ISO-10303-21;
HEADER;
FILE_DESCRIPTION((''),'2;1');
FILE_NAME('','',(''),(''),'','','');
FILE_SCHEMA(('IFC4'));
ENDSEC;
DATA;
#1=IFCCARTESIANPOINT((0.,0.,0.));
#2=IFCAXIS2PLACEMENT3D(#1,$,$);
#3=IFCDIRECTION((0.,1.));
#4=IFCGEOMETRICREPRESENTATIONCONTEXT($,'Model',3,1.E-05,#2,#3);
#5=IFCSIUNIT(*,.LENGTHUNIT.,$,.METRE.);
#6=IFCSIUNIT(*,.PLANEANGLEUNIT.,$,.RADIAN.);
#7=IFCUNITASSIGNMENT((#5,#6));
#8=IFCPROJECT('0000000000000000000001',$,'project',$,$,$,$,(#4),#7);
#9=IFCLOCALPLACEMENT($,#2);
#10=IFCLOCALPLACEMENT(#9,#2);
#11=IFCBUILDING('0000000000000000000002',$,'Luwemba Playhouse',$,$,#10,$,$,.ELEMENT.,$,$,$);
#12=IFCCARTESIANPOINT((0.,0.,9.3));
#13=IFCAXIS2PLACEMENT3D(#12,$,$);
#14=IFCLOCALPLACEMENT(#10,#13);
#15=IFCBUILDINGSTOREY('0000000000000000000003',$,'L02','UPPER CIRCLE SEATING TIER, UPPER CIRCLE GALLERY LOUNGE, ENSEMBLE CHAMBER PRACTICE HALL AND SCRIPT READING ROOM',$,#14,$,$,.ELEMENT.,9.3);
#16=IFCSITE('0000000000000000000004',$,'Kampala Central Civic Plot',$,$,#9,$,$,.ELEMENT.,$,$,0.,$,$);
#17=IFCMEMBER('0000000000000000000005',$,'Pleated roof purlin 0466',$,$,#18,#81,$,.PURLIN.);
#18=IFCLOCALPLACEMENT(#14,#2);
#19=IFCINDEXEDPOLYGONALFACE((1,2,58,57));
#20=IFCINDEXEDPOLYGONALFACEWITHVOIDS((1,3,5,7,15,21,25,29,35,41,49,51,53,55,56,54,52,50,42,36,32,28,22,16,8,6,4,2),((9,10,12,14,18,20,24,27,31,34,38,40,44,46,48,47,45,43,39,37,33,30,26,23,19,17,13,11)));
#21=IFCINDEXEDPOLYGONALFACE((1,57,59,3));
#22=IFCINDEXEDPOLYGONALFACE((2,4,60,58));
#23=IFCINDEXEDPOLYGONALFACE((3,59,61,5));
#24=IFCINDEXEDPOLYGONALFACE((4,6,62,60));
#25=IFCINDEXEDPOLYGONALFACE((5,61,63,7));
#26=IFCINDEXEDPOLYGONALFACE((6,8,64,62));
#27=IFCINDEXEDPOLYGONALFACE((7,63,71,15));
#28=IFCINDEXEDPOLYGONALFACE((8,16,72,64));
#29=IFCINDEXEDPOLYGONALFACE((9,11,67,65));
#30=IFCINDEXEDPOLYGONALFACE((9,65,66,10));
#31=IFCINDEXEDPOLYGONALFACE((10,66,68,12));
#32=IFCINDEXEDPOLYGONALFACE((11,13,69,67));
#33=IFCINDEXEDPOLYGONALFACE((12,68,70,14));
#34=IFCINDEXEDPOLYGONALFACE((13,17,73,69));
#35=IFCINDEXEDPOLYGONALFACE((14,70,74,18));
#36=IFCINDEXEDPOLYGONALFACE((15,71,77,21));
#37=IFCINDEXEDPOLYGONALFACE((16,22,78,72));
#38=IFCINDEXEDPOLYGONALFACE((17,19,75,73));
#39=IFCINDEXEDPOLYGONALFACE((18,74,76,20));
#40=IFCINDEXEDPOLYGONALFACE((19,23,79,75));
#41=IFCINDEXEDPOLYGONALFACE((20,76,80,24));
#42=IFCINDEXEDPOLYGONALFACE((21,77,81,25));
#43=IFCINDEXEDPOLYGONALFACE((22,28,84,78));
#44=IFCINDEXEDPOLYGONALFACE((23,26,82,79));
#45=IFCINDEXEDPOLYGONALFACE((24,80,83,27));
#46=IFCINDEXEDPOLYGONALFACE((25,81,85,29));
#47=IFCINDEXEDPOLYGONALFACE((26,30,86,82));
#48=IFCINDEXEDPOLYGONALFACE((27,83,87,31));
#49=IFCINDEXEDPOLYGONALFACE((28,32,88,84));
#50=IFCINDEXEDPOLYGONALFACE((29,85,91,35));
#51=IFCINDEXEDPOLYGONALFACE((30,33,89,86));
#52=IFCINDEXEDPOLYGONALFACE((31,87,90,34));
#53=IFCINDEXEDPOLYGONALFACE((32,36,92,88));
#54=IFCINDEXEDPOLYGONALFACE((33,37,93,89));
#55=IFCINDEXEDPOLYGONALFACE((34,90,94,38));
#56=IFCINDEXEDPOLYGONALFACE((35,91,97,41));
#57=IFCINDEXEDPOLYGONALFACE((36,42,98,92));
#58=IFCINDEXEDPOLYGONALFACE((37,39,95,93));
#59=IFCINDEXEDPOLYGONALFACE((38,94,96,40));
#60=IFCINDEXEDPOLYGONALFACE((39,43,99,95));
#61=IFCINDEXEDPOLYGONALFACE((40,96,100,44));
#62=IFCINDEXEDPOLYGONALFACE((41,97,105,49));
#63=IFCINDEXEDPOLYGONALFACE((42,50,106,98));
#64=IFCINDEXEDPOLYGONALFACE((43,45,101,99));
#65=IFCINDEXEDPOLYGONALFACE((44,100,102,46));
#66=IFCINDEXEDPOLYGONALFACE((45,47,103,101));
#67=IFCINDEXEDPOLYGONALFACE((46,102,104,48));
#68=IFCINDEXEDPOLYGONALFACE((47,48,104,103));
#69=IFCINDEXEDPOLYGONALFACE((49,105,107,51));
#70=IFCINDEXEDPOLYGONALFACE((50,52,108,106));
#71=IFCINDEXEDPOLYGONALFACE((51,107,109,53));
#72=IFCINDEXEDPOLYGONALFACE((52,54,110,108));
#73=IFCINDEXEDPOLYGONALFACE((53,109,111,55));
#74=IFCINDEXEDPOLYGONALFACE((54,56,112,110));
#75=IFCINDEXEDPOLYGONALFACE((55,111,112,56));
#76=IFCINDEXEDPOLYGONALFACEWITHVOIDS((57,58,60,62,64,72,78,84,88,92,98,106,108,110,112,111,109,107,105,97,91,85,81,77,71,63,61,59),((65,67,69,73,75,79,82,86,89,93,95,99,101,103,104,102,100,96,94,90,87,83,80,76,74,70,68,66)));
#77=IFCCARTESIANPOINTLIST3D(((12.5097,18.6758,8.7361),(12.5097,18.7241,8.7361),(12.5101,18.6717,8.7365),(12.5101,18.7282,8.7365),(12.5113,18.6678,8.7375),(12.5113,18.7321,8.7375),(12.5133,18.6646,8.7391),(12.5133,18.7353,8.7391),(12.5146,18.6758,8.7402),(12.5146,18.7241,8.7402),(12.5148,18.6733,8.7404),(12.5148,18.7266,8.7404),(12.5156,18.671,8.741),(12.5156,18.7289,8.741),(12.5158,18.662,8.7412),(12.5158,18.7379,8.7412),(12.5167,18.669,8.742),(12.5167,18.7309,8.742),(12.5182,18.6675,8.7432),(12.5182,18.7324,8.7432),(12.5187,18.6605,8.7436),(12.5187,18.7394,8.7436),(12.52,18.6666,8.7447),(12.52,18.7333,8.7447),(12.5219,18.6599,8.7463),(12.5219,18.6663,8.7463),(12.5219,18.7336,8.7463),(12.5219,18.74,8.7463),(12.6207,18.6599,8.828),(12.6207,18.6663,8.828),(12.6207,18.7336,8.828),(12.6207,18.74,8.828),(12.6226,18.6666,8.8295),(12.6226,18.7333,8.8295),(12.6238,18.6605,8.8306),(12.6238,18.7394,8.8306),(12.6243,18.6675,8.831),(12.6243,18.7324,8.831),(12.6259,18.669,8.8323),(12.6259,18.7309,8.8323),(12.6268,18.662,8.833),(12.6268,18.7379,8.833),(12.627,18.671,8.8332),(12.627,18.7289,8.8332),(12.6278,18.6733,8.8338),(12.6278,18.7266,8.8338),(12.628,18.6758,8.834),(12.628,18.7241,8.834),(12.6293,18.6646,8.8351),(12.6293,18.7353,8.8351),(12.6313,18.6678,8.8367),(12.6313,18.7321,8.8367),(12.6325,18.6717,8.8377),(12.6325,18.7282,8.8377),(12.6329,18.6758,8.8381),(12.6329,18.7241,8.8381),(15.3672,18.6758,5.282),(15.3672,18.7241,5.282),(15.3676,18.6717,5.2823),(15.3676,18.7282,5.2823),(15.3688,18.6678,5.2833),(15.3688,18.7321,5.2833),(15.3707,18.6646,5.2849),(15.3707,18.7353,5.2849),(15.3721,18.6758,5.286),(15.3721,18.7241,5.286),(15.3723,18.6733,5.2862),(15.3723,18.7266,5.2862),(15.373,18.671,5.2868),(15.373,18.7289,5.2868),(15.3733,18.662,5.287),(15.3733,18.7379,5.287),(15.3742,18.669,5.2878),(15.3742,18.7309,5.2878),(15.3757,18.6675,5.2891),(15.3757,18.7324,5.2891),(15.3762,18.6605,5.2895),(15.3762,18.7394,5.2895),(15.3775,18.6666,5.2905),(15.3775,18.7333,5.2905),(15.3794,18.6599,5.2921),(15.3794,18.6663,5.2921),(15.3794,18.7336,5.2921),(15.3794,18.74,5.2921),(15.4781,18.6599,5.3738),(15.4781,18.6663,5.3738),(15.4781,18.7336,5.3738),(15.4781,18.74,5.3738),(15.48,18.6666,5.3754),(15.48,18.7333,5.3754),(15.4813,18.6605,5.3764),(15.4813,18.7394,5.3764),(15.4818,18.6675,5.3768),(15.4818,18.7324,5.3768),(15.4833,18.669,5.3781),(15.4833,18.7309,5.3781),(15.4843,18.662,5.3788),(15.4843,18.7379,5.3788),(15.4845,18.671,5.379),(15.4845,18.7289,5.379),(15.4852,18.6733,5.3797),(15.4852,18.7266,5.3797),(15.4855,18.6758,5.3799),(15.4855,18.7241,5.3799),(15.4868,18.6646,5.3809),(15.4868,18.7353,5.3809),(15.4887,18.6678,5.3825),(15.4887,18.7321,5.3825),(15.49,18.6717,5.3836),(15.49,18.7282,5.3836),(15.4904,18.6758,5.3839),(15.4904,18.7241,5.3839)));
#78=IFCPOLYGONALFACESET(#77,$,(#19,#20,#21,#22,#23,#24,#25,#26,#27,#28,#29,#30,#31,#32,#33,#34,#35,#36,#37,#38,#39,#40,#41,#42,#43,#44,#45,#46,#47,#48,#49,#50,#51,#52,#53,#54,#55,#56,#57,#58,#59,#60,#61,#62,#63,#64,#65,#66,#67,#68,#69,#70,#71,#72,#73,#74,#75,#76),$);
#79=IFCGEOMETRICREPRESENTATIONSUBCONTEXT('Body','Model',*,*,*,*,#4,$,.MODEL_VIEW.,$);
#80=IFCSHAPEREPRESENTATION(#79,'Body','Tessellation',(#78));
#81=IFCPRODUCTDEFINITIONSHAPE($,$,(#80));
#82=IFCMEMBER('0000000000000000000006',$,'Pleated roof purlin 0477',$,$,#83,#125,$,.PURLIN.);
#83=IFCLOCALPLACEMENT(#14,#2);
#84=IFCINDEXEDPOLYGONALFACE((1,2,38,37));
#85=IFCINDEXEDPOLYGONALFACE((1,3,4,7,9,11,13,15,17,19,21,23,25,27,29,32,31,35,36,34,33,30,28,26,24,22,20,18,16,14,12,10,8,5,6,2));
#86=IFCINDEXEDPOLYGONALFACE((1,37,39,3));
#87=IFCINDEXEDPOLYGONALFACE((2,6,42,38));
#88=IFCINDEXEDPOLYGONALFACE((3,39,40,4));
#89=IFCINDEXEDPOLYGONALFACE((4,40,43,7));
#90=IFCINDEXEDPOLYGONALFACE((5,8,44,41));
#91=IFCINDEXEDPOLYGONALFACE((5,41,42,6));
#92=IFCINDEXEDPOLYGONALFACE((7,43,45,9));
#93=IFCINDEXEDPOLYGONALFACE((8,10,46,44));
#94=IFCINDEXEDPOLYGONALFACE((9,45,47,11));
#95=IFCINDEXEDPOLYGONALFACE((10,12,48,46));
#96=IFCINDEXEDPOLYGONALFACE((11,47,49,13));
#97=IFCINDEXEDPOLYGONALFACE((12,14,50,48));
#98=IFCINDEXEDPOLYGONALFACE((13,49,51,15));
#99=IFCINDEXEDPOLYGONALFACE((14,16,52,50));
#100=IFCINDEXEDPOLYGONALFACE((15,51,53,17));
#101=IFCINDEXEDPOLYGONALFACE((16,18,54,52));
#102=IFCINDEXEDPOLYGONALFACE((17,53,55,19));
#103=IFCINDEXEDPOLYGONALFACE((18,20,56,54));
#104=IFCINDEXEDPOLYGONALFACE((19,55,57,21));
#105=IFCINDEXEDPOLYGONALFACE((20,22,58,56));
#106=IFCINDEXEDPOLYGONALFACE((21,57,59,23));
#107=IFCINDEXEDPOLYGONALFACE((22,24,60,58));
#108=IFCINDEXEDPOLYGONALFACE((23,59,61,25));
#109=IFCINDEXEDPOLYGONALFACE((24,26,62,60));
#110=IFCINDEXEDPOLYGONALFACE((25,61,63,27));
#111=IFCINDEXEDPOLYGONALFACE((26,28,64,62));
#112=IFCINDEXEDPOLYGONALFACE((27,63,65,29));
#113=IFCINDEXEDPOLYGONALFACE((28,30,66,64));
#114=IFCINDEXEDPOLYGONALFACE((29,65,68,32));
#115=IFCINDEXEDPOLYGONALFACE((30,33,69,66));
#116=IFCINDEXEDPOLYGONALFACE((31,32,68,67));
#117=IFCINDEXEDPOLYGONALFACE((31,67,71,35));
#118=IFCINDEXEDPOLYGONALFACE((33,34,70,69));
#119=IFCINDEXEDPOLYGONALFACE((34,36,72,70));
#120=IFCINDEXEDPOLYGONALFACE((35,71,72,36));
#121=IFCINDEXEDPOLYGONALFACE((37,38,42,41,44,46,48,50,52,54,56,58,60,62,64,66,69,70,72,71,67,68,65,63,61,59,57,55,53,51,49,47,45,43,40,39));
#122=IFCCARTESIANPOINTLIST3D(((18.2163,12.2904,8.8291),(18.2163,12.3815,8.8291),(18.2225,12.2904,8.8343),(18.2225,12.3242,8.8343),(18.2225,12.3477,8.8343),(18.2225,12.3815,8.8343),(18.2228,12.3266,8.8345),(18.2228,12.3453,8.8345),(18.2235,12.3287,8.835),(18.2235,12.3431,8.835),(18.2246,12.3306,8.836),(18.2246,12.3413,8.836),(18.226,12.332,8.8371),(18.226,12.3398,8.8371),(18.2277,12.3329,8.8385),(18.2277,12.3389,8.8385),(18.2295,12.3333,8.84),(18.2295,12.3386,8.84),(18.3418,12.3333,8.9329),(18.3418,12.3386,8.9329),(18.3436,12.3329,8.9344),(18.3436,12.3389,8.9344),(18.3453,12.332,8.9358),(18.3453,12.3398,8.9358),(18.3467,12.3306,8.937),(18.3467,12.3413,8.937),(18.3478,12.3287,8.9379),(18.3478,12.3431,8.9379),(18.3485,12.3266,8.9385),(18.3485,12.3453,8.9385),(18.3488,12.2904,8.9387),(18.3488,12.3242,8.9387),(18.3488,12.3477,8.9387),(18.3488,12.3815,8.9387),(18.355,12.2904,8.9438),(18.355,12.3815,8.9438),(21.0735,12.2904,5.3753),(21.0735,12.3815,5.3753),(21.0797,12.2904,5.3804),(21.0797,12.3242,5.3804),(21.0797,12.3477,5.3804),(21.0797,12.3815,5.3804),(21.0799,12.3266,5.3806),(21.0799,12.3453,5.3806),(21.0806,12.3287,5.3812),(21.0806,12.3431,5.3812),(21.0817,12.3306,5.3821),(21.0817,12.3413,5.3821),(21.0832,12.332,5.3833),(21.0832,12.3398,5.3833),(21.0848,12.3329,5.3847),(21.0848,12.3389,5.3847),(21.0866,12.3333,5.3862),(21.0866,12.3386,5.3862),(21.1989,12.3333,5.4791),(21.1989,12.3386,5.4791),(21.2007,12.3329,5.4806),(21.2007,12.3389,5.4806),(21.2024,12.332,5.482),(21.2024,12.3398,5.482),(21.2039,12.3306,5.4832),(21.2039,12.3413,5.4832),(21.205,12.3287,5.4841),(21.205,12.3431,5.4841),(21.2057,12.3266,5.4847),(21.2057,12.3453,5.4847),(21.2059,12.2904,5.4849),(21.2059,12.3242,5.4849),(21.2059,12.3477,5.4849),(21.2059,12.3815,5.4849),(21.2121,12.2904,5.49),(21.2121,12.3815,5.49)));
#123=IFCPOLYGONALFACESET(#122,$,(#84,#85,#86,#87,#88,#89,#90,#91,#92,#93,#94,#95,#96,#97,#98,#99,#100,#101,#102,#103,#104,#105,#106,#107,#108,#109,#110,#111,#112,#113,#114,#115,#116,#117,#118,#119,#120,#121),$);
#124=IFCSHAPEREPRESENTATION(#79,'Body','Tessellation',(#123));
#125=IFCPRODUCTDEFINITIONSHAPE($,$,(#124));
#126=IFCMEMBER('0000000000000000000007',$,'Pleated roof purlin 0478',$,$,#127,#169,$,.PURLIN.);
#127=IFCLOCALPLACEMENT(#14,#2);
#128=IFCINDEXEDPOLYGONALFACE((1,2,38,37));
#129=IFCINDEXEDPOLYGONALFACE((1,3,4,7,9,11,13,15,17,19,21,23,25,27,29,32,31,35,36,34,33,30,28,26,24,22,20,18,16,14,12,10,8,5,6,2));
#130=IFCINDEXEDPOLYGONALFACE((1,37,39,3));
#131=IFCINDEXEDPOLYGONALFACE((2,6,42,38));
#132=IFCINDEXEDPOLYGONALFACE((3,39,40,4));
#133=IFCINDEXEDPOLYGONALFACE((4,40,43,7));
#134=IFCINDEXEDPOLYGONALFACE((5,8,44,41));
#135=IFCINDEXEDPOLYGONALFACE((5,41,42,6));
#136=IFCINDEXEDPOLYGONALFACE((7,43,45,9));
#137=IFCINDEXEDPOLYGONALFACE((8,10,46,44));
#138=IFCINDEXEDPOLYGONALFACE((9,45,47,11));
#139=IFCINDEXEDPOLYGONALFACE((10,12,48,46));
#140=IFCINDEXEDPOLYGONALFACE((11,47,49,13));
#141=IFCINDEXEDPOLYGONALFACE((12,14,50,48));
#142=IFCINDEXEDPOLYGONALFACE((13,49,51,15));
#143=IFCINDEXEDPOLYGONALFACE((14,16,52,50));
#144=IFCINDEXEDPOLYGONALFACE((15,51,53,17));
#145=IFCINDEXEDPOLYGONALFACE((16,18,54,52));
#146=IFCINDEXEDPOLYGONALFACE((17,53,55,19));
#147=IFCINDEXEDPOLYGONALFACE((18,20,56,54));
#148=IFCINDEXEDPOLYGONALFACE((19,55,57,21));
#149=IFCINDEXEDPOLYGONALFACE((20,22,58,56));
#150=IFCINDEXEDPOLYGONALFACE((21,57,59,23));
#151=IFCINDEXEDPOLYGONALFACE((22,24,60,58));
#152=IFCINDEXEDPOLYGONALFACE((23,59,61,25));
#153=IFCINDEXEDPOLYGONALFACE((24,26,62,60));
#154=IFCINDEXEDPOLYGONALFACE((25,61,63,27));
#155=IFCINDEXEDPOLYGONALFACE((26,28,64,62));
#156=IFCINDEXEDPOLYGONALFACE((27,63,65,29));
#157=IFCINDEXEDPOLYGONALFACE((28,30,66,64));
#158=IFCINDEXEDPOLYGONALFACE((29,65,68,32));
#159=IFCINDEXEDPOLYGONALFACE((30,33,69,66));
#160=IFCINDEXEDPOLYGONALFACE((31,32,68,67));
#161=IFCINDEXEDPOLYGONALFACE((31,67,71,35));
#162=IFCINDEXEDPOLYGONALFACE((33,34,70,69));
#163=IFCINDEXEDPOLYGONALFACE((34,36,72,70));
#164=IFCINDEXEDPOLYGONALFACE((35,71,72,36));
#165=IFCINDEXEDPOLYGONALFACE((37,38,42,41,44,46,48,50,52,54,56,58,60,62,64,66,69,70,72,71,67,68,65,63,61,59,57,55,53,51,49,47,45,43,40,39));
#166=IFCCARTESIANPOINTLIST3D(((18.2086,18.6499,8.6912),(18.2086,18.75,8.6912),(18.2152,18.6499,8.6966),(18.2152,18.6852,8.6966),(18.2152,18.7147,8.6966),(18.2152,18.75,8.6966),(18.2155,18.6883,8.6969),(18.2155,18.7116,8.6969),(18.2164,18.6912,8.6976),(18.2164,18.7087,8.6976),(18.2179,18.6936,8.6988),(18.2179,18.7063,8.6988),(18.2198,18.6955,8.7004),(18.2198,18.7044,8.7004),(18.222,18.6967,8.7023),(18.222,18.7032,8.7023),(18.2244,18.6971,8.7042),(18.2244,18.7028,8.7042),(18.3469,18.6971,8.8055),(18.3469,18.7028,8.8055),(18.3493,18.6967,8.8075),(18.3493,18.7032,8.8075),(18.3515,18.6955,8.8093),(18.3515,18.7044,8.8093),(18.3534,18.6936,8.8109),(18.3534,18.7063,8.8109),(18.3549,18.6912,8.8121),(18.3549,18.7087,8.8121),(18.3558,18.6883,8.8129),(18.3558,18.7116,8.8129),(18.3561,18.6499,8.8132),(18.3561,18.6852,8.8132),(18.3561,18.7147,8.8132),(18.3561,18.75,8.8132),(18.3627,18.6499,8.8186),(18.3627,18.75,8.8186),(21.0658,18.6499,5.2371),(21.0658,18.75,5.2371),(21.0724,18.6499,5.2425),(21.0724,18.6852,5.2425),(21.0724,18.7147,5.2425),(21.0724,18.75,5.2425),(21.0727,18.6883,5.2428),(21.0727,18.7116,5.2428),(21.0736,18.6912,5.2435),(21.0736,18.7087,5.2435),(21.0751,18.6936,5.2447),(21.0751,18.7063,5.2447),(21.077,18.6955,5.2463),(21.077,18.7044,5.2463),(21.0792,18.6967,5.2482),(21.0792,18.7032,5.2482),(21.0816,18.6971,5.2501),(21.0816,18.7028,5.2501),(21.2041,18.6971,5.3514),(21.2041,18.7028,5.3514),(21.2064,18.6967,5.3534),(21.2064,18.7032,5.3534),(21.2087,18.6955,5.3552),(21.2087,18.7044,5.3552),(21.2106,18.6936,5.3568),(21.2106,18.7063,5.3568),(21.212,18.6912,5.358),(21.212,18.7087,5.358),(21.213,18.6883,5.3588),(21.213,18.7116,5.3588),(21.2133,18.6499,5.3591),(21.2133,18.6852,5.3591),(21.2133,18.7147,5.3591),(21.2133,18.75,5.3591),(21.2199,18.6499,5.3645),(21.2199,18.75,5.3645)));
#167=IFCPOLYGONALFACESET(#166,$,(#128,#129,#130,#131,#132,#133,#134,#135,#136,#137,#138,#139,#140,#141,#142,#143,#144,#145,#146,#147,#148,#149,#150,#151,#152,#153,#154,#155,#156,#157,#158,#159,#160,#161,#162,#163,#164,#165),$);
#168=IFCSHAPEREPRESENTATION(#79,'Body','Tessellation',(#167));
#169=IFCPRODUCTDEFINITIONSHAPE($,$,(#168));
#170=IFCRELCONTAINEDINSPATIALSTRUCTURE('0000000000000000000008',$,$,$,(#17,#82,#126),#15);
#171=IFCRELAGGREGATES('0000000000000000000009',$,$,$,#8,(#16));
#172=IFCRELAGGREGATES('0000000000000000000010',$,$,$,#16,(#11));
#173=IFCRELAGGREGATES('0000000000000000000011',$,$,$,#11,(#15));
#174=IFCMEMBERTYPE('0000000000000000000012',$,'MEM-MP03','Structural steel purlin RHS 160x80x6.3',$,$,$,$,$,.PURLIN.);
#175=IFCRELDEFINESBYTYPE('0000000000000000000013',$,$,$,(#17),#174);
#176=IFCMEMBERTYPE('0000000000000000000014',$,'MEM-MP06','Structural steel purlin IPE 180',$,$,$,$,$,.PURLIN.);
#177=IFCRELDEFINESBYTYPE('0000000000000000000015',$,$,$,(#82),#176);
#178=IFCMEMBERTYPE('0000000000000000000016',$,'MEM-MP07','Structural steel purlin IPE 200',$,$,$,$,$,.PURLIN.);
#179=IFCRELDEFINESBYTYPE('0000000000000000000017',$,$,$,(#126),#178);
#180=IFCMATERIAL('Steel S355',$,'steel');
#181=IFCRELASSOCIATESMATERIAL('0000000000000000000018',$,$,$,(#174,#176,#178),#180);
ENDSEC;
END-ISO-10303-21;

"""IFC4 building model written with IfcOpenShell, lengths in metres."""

from ifc_helpers import new_model, si_unit, direction, frame, origin, origin_2d, place, context, subcontext, project, spatial, hollow_rectangle, i_section, extrude, material, material_profile, profile_set, type_object, element, save


model = new_model("IFC4")

# Units and contexts
model_context = context("Model", 3, precision=1e-05, world=origin(), true_north=direction((0.0, 1.0)))
body_context = subcontext(model_context, "Body", "Model", "MODEL_VIEW")
ifc_project = project(units=[si_unit("LENGTHUNIT", "METRE"), si_unit("PLANEANGLEUNIT", "RADIAN")], contexts=[model_context])

# Site, building, storey
site_placement = place(None, origin())
site = spatial("IfcSite", under=ifc_project, at=site_placement, Name="Kampala Central Civic Plot", CompositionType="ELEMENT", RefElevation=0.0)
building_placement = place(site_placement, origin())
building = spatial("IfcBuilding", under=site, at=building_placement, Name="Luwemba Playhouse", CompositionType="ELEMENT")
storey_placement = place(building_placement, frame((0.0, 0.0, 9.3)))
storey = spatial("IfcBuildingStorey", under=building, at=storey_placement, Name="L02", Description="UPPER CIRCLE SEATING TIER, UPPER CIRCLE GALLERY LOUNGE, ENSEMBLE CHAMBER PRACTICE HALL AND SCRIPT READING ROOM", CompositionType="ELEMENT", Elevation=9.3)

# Shared definitions
ifc_material_1 = material(Name="Steel S355", Category="steel")

# Members
ifc_material_profile_1 = material_profile(ifc_material_1, hollow_rectangle(XDim=0.0801, YDim=0.1599, WallThickness=0.0063, InnerFilletRadius=0.0095, OuterFilletRadius=0.0159, at=origin_2d()))
ifc_profile_set_1 = profile_set([ifc_material_profile_1], Name="Steel S355")
member_type_1 = type_object("IfcMemberType", Name="MEM-MP03", Description="Structural steel purlin RHS 160x80x6.3", PredefinedType="PURLIN", material=ifc_profile_set_1)
member_1_placement = place(storey_placement, frame((12.5713, 18.7, 8.7871), z_axis=(0.637416, 0.0, -0.77052), x_axis=(0.0, 1.0, 0.0)))
element("IfcMember", 1, at=member_1_placement, inside=storey, type_object=member_type_1, Name="Pleated roof purlin 0466", PredefinedType="PURLIN", context=body_context, shape_type="SweptSolid", body=[
    extrude(hollow_rectangle(XDim=0.0801, YDim=0.1599, WallThickness=0.0063, InnerFilletRadius=0.0095, OuterFilletRadius=0.0159, at=origin_2d()), origin(), (0.0, 0.0, 1.0), 4.4829),
])
ifc_material_profile_2 = material_profile(ifc_material_1, i_section(OverallWidth=0.0911, OverallDepth=0.1799, WebThickness=0.0054, FlangeThickness=0.0081, FilletRadius=0.009, at=origin_2d()))
ifc_profile_set_2 = profile_set([ifc_material_profile_2], Name="Steel S355")
member_type_2 = type_object("IfcMemberType", Name="MEM-MP06", Description="Structural steel purlin IPE 180", PredefinedType="PURLIN", material=ifc_profile_set_2)
member_2_placement = place(storey_placement, frame((18.2856, 12.3359, 8.8865), z_axis=(0.637411, 0.0, -0.770524), x_axis=(0.0, 1.0, 0.0)))
element("IfcMember", 2, at=member_2_placement, inside=storey, type_object=member_type_2, Name="Pleated roof purlin 0477", PredefinedType="PURLIN", context=body_context, shape_type="SweptSolid", body=[
    extrude(i_section(OverallWidth=0.0911, OverallDepth=0.1799, WebThickness=0.0054, FlangeThickness=0.0081, FilletRadius=0.009, at=origin_2d()), origin(), (0.0, 0.0, 1.0), 4.4824),
])
ifc_material_profile_3 = material_profile(ifc_material_1, i_section(OverallWidth=0.1001, OverallDepth=0.2, WebThickness=0.0056, FlangeThickness=0.0085, FilletRadius=0.012, at=origin_2d()))
ifc_profile_set_3 = profile_set([ifc_material_profile_3], Name="Steel S355")
member_type_3 = type_object("IfcMemberType", Name="MEM-MP07", Description="Structural steel purlin IPE 200", PredefinedType="PURLIN", material=ifc_profile_set_3)
member_3_placement = place(storey_placement, frame((18.2856, 18.7, 8.7549), z_axis=(0.637384, 0.0, -0.770547), x_axis=(0.0, 1.0, 0.0)))
element("IfcMember", 3, at=member_3_placement, inside=storey, type_object=member_type_3, Name="Pleated roof purlin 0478", PredefinedType="PURLIN", context=body_context, shape_type="SweptSolid", body=[
    extrude(i_section(OverallWidth=0.1001, OverallDepth=0.2, WebThickness=0.0056, FlangeThickness=0.0085, FilletRadius=0.012, at=origin_2d()), origin(), (0.0, 0.0, 1.0), 4.4827),
])

save(model, "model.ifc")
